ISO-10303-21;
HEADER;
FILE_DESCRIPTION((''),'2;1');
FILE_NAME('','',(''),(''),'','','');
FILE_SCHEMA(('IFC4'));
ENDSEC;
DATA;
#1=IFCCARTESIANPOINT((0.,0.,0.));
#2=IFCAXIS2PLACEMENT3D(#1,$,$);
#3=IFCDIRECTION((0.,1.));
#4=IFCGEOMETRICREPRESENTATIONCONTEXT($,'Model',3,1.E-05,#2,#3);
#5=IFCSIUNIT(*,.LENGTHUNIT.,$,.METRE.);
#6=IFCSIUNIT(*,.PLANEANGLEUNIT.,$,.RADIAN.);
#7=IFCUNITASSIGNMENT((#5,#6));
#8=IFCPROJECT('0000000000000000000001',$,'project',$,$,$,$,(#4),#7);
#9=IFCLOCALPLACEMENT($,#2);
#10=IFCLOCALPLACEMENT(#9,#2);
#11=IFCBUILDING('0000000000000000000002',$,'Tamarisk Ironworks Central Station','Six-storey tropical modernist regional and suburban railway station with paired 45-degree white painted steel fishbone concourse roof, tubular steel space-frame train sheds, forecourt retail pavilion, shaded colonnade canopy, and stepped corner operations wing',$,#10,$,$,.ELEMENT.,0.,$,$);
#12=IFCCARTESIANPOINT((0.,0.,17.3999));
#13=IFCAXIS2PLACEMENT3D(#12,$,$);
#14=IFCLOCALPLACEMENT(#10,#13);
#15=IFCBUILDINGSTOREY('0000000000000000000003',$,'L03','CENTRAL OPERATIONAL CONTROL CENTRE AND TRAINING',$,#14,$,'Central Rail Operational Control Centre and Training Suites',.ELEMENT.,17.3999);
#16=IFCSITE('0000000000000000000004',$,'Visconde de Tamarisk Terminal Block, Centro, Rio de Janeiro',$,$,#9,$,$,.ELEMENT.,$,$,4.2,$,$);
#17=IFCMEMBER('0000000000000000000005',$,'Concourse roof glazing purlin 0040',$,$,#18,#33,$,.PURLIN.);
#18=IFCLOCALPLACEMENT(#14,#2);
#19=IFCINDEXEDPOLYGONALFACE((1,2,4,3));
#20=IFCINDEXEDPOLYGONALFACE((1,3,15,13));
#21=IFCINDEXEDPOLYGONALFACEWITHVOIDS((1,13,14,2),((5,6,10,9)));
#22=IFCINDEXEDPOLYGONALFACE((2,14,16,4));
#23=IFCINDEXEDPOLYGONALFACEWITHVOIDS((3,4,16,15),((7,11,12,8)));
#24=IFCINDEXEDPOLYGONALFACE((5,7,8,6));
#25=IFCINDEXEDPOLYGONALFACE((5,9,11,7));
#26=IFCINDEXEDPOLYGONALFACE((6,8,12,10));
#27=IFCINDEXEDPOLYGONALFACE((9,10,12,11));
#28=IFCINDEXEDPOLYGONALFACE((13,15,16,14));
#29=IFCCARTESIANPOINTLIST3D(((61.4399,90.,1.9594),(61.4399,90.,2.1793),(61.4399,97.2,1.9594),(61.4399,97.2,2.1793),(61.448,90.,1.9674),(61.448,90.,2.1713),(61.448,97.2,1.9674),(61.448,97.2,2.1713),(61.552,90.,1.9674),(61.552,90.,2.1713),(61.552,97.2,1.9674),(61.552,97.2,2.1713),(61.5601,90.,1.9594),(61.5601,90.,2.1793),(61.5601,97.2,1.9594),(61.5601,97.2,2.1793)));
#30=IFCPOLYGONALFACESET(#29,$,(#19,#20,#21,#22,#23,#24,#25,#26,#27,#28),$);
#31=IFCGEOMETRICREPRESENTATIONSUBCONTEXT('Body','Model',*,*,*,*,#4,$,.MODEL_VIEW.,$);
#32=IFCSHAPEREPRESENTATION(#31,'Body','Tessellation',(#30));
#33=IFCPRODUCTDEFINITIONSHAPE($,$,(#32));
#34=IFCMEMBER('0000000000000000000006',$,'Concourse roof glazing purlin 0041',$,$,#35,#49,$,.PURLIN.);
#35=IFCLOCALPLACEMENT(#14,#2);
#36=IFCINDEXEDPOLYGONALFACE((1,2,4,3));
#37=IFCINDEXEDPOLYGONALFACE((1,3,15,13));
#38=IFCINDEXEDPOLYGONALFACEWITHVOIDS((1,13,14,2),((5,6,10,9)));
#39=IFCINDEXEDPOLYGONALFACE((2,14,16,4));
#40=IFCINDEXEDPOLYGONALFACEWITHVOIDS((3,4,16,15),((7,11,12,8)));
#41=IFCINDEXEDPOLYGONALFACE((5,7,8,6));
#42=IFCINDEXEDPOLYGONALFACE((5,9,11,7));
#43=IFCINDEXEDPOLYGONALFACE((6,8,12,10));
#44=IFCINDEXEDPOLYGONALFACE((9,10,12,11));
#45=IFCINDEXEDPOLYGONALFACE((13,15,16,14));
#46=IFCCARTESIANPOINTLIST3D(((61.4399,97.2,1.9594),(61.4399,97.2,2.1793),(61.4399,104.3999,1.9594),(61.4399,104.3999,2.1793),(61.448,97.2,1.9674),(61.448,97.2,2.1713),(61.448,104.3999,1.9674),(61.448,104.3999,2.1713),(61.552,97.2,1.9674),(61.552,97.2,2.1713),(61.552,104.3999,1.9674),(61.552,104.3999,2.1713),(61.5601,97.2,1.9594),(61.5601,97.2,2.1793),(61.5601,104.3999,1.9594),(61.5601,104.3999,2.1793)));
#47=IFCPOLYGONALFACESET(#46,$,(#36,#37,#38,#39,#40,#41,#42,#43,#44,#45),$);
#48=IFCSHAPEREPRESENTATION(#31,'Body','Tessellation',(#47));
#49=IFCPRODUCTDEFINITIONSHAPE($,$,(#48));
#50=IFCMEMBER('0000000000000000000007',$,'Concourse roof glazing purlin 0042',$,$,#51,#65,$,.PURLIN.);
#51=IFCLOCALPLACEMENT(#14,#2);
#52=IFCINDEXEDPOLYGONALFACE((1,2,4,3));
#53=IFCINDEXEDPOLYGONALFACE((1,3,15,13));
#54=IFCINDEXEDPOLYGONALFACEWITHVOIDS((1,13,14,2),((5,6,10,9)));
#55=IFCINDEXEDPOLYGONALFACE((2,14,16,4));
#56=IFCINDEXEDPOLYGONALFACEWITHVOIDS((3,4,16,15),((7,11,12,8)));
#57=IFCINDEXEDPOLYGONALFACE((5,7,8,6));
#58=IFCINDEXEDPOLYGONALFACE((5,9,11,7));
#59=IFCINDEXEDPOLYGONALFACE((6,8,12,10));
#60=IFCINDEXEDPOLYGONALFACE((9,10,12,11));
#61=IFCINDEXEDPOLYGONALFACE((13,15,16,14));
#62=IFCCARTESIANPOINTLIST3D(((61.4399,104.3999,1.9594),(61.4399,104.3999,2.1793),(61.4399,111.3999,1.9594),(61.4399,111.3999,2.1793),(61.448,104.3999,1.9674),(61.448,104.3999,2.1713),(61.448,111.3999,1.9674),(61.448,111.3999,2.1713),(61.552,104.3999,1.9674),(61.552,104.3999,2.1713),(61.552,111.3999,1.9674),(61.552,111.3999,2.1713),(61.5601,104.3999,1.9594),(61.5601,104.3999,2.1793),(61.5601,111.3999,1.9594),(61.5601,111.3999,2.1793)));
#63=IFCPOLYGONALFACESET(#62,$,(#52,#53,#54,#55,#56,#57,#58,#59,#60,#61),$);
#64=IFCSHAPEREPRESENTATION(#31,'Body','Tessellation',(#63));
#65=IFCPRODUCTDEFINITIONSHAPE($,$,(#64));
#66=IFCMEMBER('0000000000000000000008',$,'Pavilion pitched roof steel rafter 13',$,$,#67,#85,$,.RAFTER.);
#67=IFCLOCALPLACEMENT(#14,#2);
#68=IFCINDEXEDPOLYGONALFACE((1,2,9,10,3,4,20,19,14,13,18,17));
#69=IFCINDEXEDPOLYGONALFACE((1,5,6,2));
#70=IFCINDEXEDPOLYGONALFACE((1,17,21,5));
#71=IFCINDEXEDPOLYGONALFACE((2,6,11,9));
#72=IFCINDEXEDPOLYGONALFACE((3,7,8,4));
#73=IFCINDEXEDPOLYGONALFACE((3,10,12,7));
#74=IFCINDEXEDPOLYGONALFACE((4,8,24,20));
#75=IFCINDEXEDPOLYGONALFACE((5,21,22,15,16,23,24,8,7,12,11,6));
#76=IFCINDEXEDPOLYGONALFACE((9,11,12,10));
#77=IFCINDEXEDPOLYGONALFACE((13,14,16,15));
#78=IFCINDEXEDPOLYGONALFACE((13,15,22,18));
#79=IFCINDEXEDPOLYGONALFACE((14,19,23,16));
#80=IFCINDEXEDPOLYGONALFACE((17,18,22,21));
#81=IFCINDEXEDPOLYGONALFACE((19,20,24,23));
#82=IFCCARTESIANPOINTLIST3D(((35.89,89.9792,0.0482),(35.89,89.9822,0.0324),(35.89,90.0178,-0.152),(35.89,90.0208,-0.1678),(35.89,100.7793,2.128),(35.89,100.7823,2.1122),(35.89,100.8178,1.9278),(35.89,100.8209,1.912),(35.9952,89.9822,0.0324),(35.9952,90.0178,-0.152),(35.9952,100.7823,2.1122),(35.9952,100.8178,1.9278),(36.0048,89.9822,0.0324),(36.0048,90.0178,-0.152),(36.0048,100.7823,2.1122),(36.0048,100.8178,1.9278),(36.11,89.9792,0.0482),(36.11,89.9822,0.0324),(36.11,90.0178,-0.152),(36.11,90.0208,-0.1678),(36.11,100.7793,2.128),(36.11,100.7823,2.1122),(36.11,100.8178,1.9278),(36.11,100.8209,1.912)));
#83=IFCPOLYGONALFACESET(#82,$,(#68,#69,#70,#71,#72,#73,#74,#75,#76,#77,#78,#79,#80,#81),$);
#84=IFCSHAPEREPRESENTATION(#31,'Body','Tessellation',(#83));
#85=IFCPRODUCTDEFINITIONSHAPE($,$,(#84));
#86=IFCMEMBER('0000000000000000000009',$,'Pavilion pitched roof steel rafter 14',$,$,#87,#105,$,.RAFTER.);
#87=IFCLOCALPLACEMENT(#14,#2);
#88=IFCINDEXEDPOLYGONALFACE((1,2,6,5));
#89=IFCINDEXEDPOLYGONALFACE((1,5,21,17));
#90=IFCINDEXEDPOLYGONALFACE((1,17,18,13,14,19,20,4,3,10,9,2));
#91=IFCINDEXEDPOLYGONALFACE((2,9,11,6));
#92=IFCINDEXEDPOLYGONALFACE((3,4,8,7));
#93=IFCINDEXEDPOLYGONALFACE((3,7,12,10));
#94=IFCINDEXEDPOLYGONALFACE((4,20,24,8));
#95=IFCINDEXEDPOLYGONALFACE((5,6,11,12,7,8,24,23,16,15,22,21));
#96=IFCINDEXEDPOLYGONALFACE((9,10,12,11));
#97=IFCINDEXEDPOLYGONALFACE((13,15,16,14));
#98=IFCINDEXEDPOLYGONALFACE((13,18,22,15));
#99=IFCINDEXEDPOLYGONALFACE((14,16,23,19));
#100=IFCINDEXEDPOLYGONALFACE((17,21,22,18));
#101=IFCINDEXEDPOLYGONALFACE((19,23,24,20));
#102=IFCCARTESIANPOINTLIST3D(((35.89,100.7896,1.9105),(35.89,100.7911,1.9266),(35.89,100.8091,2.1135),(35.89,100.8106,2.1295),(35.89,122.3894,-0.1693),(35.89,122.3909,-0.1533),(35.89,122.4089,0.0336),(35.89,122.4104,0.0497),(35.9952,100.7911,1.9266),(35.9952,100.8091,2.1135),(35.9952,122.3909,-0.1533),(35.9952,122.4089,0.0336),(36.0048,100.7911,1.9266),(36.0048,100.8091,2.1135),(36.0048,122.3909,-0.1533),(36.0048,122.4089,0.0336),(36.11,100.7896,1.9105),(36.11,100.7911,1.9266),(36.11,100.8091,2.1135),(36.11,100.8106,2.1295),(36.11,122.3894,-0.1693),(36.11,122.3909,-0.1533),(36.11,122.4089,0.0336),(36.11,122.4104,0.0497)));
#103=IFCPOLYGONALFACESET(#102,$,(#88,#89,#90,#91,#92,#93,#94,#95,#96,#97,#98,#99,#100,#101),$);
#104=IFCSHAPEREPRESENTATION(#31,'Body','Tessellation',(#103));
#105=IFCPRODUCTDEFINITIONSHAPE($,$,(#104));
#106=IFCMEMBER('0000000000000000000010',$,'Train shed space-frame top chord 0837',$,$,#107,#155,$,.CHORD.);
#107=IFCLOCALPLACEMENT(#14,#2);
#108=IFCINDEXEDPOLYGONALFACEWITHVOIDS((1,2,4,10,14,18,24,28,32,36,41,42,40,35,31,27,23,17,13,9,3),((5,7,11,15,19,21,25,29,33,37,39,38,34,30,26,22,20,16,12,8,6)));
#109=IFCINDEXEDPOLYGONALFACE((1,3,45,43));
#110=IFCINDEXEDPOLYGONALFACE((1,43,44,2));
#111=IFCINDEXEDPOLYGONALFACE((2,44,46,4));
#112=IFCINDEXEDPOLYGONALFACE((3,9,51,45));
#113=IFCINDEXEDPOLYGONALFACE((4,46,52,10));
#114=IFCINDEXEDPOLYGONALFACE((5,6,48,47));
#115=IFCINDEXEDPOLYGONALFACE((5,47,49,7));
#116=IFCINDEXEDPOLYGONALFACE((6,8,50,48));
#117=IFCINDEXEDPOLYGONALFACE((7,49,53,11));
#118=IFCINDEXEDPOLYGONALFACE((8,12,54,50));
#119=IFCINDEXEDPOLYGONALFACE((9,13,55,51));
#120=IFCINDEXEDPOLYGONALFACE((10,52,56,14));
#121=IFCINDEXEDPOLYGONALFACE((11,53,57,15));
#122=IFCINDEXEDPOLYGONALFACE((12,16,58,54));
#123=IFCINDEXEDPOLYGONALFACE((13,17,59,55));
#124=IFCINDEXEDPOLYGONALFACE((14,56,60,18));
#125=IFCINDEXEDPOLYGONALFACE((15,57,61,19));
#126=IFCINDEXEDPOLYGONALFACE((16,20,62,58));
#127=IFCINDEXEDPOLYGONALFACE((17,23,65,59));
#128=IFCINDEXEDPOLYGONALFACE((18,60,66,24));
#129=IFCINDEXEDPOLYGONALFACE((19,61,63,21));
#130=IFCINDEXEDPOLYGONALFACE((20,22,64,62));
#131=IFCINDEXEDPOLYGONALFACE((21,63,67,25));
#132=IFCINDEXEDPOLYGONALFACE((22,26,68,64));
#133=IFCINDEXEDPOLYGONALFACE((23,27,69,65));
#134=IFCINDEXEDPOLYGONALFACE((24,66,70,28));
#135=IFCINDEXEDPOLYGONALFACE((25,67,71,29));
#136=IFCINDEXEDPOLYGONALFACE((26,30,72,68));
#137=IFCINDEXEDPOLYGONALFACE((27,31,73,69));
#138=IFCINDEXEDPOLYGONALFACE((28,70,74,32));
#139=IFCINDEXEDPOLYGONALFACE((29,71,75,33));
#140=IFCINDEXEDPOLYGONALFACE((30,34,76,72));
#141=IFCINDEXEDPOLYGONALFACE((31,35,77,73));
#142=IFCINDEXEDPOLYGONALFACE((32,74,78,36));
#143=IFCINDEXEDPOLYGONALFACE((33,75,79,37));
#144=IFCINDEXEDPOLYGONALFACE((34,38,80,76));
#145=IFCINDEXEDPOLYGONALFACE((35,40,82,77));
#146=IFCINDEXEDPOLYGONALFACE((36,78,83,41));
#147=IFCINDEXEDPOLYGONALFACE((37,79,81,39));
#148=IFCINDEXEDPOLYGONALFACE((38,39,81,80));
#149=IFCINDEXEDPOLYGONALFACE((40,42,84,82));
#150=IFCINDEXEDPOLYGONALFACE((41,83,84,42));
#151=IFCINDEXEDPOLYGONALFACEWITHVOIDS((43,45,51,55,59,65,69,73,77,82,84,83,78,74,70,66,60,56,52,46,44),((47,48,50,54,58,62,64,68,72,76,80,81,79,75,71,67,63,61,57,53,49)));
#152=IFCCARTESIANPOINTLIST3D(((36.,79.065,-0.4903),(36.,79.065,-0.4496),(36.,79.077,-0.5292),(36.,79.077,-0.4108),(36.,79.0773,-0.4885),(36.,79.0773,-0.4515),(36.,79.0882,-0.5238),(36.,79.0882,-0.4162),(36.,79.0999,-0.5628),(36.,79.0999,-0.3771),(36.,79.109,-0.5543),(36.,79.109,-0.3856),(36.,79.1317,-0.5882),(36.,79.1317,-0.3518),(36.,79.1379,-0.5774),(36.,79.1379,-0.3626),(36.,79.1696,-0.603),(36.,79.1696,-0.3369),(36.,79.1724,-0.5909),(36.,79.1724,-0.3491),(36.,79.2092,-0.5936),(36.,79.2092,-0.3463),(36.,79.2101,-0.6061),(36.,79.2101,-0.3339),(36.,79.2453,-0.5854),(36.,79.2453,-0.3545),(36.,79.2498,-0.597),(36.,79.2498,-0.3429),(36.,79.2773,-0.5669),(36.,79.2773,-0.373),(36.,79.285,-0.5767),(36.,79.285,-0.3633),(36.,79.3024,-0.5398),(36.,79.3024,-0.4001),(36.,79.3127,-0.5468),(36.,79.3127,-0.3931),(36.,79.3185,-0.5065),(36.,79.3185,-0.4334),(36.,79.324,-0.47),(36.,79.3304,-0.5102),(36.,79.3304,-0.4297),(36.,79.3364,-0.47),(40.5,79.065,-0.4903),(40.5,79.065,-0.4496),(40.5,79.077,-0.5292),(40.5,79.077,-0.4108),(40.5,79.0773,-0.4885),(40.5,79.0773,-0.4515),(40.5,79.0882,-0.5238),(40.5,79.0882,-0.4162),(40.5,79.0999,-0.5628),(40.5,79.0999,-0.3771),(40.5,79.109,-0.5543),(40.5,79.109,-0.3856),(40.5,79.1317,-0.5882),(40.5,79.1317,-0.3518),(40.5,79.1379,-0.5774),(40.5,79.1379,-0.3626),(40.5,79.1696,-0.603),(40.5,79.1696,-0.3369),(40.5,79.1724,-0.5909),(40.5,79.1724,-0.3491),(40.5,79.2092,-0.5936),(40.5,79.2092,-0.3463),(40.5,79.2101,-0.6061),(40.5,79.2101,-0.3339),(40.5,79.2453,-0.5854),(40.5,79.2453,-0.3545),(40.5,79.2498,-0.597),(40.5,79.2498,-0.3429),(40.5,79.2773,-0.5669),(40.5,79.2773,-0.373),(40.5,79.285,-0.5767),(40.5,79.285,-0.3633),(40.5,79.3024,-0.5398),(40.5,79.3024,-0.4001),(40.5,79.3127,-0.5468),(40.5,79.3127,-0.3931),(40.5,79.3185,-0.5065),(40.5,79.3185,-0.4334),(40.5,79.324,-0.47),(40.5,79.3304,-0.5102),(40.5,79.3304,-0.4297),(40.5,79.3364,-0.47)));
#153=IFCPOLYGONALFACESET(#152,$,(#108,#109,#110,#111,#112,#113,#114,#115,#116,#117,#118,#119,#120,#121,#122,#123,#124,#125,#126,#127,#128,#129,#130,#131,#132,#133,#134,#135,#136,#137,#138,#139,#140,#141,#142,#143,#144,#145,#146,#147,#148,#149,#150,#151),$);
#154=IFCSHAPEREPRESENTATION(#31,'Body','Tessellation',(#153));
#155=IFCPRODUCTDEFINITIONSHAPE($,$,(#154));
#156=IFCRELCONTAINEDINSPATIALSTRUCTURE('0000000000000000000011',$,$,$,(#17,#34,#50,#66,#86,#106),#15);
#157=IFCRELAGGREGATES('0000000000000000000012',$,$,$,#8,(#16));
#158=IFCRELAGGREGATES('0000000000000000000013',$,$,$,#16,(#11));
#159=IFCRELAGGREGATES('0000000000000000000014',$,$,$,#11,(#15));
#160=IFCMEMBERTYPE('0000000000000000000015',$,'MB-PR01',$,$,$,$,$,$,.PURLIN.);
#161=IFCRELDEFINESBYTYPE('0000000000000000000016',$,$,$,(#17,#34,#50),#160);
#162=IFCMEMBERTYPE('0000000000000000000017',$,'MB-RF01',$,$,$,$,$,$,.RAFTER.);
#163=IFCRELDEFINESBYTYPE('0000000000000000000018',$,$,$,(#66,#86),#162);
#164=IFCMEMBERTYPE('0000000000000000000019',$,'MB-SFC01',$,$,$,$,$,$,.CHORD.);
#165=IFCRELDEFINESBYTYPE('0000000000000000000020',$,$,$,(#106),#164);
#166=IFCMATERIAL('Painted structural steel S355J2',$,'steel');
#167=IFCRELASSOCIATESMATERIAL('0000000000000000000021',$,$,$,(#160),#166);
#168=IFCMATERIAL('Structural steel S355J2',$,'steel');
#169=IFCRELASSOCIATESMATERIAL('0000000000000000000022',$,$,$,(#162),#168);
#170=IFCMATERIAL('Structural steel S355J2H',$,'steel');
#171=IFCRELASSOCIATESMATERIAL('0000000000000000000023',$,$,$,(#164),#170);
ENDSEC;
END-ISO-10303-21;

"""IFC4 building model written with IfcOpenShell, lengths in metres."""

from ifc_helpers import new_model, si_unit, direction, frame, origin, origin_2d, place, context, subcontext, project, spatial, hollow_rectangle, hollow_circle, i_section, extrude, material, material_profile, profile_set, type_object, element, save


model = new_model("IFC4")

# Units and contexts
model_context = context("Model", 3, precision=1e-05, world=origin(), true_north=direction((0.0, 1.0)))
body_context = subcontext(model_context, "Body", "Model", "MODEL_VIEW")
ifc_project = project(units=[si_unit("LENGTHUNIT", "METRE"), si_unit("PLANEANGLEUNIT", "RADIAN")], contexts=[model_context])

# Site, building, storey
site_placement = place(None, origin())
site = spatial("IfcSite", under=ifc_project, at=site_placement, Name="Visconde de Tamarisk Terminal Block, Centro, Rio de Janeiro", CompositionType="ELEMENT", RefElevation=4.2)
building_placement = place(site_placement, origin())
building = spatial("IfcBuilding", under=site, at=building_placement, Name="Tamarisk Ironworks Central Station", Description="Six-storey tropical modernist regional and suburban railway station with paired 45-degree white painted steel fishbone concourse roof, tubular steel space-frame train sheds, forecourt retail pavilion, shaded colonnade canopy, and stepped corner operations wing", CompositionType="ELEMENT", ElevationOfRefHeight=0.0)
storey_placement = place(building_placement, frame((0.0, 0.0, 17.3999)))
storey = spatial("IfcBuildingStorey", under=building, at=storey_placement, Name="L03", Description="CENTRAL OPERATIONAL CONTROL CENTRE AND TRAINING", LongName="Central Rail Operational Control Centre and Training Suites", CompositionType="ELEMENT", Elevation=17.3999)

# Shared definitions
ifc_material_1 = material(Name="Structural steel S355J2", Category="steel")

# Shared definitions
ifc_material_2 = material(Name="Painted structural steel S355J2", Category="steel")

# Members
ifc_material_profile_1 = material_profile(ifc_material_2, hollow_rectangle(XDim=0.1201, YDim=0.22, WallThickness=0.0081, at=origin_2d()), Name="RHS 220x120x8")
ifc_profile_set_1 = profile_set([ifc_material_profile_1], Name="Painted structural steel S355J2")
member_type_1 = type_object("IfcMemberType", Name="MB-PR01", PredefinedType="PURLIN", material=ifc_profile_set_1)
for number, where, z_axis, x_axis, name in (
    (1, (61.5, 90.0, 2.0693), (0.0, 1.0, 0.0), (-1.0, 0.0, 0.0), "Concourse roof glazing purlin 0040"),
    (2, (61.5, 97.2, 2.0693), (0.0, 1.0, 0.0), (-1.0, 0.0, 0.0), "Concourse roof glazing purlin 0041"),
):
    element("IfcMember", number, at=place(storey_placement, frame(where, z_axis=z_axis, x_axis=x_axis)), inside=storey, type_object=member_type_1, Name=name, PredefinedType="PURLIN", context=body_context, shape_type="SweptSolid", body=[
        extrude(hollow_rectangle(XDim=0.1201, YDim=0.22, WallThickness=0.0081, at=origin_2d()), origin(), (0.0, 0.0, 1.0), 7.2),
    ])
member_1_placement = place(storey_placement, frame((61.5, 104.3999, 2.0693), z_axis=(0.0, 1.0, 0.0), x_axis=(-1.0, 0.0, 0.0)))
element("IfcMember", 3, at=member_1_placement, inside=storey, type_object=member_type_1, Name="Concourse roof glazing purlin 0042", PredefinedType="PURLIN", context=body_context, shape_type="SweptSolid", body=[
    extrude(hollow_rectangle(XDim=0.1201, YDim=0.22, WallThickness=0.0081, at=origin_2d()), origin(), (0.0, 0.0, 1.0), 7.0),
])
ifc_material_profile_2 = material_profile(ifc_material_1, i_section(OverallWidth=0.22, OverallDepth=0.22, WebThickness=0.0095, FlangeThickness=0.0161, at=origin_2d()), Name="HEB 220")
ifc_profile_set_2 = profile_set([ifc_material_profile_2], Name="Structural steel S355J2")
member_type_2 = type_object("IfcMemberType", Name="MB-RF01", PredefinedType="RAFTER", material=ifc_profile_set_2)
member_2_placement = place(storey_placement, frame((36.0, 90.0, -0.0598), z_axis=(0.0, 0.981957, 0.189102), x_axis=(-1.0, 0.0, 0.0)))
element("IfcMember", 4, at=member_2_placement, inside=storey, type_object=member_type_2, Name="Pavilion pitched roof steel rafter 13", PredefinedType="RAFTER", context=body_context, shape_type="SweptSolid", body=[
    extrude(i_section(OverallWidth=0.22, OverallDepth=0.22, WebThickness=0.0095, FlangeThickness=0.0161, at=origin_2d()), origin(), (0.0, 0.0, 1.0), 10.9985),
])
member_3_placement = place(storey_placement, frame((36.0, 122.3999, -0.0598), z_axis=(0.0, -0.995396, 0.095846), x_axis=(1.0, 0.0, 0.0)))
element("IfcMember", 5, at=member_3_placement, inside=storey, type_object=member_type_2, Name="Pavilion pitched roof steel rafter 14", PredefinedType="RAFTER", context=body_context, shape_type="SweptSolid", body=[
    extrude(i_section(OverallWidth=0.22, OverallDepth=0.22, WebThickness=0.0095, FlangeThickness=0.0161, at=origin_2d()), origin(), (0.0, 0.0, 1.0), 21.6997),
])
ifc_material_3 = material(Name="Structural steel S355J2H", Category="steel")
ifc_material_profile_3 = material_profile(ifc_material_3, hollow_circle(Radius=0.1365, WallThickness=0.0125, at=origin_2d()), Name="CHS 273x12.5")
ifc_profile_set_3 = profile_set([ifc_material_profile_3], Name="Structural steel S355J2H")
member_type_3 = type_object("IfcMemberType", Name="MB-SFC01", PredefinedType="CHORD", material=ifc_profile_set_3)
for number, where, z_axis, x_axis, name in (
    (6, (36.0, 79.2, -0.47), (1.0, 0.0, 0.0), (0.0, 1.0, 0.0), "Train shed space-frame top chord 0837"),
):
    element("IfcMember", number, at=place(storey_placement, frame(where, z_axis=z_axis, x_axis=x_axis)), inside=storey, type_object=member_type_3, Name=name, PredefinedType="CHORD", context=body_context, shape_type="SweptSolid", body=[
        extrude(hollow_circle(Radius=0.1365, WallThickness=0.0125, at=origin_2d()), origin(), (0.0, 0.0, 1.0), 4.5),
    ])

save(model, "model.ifc")
